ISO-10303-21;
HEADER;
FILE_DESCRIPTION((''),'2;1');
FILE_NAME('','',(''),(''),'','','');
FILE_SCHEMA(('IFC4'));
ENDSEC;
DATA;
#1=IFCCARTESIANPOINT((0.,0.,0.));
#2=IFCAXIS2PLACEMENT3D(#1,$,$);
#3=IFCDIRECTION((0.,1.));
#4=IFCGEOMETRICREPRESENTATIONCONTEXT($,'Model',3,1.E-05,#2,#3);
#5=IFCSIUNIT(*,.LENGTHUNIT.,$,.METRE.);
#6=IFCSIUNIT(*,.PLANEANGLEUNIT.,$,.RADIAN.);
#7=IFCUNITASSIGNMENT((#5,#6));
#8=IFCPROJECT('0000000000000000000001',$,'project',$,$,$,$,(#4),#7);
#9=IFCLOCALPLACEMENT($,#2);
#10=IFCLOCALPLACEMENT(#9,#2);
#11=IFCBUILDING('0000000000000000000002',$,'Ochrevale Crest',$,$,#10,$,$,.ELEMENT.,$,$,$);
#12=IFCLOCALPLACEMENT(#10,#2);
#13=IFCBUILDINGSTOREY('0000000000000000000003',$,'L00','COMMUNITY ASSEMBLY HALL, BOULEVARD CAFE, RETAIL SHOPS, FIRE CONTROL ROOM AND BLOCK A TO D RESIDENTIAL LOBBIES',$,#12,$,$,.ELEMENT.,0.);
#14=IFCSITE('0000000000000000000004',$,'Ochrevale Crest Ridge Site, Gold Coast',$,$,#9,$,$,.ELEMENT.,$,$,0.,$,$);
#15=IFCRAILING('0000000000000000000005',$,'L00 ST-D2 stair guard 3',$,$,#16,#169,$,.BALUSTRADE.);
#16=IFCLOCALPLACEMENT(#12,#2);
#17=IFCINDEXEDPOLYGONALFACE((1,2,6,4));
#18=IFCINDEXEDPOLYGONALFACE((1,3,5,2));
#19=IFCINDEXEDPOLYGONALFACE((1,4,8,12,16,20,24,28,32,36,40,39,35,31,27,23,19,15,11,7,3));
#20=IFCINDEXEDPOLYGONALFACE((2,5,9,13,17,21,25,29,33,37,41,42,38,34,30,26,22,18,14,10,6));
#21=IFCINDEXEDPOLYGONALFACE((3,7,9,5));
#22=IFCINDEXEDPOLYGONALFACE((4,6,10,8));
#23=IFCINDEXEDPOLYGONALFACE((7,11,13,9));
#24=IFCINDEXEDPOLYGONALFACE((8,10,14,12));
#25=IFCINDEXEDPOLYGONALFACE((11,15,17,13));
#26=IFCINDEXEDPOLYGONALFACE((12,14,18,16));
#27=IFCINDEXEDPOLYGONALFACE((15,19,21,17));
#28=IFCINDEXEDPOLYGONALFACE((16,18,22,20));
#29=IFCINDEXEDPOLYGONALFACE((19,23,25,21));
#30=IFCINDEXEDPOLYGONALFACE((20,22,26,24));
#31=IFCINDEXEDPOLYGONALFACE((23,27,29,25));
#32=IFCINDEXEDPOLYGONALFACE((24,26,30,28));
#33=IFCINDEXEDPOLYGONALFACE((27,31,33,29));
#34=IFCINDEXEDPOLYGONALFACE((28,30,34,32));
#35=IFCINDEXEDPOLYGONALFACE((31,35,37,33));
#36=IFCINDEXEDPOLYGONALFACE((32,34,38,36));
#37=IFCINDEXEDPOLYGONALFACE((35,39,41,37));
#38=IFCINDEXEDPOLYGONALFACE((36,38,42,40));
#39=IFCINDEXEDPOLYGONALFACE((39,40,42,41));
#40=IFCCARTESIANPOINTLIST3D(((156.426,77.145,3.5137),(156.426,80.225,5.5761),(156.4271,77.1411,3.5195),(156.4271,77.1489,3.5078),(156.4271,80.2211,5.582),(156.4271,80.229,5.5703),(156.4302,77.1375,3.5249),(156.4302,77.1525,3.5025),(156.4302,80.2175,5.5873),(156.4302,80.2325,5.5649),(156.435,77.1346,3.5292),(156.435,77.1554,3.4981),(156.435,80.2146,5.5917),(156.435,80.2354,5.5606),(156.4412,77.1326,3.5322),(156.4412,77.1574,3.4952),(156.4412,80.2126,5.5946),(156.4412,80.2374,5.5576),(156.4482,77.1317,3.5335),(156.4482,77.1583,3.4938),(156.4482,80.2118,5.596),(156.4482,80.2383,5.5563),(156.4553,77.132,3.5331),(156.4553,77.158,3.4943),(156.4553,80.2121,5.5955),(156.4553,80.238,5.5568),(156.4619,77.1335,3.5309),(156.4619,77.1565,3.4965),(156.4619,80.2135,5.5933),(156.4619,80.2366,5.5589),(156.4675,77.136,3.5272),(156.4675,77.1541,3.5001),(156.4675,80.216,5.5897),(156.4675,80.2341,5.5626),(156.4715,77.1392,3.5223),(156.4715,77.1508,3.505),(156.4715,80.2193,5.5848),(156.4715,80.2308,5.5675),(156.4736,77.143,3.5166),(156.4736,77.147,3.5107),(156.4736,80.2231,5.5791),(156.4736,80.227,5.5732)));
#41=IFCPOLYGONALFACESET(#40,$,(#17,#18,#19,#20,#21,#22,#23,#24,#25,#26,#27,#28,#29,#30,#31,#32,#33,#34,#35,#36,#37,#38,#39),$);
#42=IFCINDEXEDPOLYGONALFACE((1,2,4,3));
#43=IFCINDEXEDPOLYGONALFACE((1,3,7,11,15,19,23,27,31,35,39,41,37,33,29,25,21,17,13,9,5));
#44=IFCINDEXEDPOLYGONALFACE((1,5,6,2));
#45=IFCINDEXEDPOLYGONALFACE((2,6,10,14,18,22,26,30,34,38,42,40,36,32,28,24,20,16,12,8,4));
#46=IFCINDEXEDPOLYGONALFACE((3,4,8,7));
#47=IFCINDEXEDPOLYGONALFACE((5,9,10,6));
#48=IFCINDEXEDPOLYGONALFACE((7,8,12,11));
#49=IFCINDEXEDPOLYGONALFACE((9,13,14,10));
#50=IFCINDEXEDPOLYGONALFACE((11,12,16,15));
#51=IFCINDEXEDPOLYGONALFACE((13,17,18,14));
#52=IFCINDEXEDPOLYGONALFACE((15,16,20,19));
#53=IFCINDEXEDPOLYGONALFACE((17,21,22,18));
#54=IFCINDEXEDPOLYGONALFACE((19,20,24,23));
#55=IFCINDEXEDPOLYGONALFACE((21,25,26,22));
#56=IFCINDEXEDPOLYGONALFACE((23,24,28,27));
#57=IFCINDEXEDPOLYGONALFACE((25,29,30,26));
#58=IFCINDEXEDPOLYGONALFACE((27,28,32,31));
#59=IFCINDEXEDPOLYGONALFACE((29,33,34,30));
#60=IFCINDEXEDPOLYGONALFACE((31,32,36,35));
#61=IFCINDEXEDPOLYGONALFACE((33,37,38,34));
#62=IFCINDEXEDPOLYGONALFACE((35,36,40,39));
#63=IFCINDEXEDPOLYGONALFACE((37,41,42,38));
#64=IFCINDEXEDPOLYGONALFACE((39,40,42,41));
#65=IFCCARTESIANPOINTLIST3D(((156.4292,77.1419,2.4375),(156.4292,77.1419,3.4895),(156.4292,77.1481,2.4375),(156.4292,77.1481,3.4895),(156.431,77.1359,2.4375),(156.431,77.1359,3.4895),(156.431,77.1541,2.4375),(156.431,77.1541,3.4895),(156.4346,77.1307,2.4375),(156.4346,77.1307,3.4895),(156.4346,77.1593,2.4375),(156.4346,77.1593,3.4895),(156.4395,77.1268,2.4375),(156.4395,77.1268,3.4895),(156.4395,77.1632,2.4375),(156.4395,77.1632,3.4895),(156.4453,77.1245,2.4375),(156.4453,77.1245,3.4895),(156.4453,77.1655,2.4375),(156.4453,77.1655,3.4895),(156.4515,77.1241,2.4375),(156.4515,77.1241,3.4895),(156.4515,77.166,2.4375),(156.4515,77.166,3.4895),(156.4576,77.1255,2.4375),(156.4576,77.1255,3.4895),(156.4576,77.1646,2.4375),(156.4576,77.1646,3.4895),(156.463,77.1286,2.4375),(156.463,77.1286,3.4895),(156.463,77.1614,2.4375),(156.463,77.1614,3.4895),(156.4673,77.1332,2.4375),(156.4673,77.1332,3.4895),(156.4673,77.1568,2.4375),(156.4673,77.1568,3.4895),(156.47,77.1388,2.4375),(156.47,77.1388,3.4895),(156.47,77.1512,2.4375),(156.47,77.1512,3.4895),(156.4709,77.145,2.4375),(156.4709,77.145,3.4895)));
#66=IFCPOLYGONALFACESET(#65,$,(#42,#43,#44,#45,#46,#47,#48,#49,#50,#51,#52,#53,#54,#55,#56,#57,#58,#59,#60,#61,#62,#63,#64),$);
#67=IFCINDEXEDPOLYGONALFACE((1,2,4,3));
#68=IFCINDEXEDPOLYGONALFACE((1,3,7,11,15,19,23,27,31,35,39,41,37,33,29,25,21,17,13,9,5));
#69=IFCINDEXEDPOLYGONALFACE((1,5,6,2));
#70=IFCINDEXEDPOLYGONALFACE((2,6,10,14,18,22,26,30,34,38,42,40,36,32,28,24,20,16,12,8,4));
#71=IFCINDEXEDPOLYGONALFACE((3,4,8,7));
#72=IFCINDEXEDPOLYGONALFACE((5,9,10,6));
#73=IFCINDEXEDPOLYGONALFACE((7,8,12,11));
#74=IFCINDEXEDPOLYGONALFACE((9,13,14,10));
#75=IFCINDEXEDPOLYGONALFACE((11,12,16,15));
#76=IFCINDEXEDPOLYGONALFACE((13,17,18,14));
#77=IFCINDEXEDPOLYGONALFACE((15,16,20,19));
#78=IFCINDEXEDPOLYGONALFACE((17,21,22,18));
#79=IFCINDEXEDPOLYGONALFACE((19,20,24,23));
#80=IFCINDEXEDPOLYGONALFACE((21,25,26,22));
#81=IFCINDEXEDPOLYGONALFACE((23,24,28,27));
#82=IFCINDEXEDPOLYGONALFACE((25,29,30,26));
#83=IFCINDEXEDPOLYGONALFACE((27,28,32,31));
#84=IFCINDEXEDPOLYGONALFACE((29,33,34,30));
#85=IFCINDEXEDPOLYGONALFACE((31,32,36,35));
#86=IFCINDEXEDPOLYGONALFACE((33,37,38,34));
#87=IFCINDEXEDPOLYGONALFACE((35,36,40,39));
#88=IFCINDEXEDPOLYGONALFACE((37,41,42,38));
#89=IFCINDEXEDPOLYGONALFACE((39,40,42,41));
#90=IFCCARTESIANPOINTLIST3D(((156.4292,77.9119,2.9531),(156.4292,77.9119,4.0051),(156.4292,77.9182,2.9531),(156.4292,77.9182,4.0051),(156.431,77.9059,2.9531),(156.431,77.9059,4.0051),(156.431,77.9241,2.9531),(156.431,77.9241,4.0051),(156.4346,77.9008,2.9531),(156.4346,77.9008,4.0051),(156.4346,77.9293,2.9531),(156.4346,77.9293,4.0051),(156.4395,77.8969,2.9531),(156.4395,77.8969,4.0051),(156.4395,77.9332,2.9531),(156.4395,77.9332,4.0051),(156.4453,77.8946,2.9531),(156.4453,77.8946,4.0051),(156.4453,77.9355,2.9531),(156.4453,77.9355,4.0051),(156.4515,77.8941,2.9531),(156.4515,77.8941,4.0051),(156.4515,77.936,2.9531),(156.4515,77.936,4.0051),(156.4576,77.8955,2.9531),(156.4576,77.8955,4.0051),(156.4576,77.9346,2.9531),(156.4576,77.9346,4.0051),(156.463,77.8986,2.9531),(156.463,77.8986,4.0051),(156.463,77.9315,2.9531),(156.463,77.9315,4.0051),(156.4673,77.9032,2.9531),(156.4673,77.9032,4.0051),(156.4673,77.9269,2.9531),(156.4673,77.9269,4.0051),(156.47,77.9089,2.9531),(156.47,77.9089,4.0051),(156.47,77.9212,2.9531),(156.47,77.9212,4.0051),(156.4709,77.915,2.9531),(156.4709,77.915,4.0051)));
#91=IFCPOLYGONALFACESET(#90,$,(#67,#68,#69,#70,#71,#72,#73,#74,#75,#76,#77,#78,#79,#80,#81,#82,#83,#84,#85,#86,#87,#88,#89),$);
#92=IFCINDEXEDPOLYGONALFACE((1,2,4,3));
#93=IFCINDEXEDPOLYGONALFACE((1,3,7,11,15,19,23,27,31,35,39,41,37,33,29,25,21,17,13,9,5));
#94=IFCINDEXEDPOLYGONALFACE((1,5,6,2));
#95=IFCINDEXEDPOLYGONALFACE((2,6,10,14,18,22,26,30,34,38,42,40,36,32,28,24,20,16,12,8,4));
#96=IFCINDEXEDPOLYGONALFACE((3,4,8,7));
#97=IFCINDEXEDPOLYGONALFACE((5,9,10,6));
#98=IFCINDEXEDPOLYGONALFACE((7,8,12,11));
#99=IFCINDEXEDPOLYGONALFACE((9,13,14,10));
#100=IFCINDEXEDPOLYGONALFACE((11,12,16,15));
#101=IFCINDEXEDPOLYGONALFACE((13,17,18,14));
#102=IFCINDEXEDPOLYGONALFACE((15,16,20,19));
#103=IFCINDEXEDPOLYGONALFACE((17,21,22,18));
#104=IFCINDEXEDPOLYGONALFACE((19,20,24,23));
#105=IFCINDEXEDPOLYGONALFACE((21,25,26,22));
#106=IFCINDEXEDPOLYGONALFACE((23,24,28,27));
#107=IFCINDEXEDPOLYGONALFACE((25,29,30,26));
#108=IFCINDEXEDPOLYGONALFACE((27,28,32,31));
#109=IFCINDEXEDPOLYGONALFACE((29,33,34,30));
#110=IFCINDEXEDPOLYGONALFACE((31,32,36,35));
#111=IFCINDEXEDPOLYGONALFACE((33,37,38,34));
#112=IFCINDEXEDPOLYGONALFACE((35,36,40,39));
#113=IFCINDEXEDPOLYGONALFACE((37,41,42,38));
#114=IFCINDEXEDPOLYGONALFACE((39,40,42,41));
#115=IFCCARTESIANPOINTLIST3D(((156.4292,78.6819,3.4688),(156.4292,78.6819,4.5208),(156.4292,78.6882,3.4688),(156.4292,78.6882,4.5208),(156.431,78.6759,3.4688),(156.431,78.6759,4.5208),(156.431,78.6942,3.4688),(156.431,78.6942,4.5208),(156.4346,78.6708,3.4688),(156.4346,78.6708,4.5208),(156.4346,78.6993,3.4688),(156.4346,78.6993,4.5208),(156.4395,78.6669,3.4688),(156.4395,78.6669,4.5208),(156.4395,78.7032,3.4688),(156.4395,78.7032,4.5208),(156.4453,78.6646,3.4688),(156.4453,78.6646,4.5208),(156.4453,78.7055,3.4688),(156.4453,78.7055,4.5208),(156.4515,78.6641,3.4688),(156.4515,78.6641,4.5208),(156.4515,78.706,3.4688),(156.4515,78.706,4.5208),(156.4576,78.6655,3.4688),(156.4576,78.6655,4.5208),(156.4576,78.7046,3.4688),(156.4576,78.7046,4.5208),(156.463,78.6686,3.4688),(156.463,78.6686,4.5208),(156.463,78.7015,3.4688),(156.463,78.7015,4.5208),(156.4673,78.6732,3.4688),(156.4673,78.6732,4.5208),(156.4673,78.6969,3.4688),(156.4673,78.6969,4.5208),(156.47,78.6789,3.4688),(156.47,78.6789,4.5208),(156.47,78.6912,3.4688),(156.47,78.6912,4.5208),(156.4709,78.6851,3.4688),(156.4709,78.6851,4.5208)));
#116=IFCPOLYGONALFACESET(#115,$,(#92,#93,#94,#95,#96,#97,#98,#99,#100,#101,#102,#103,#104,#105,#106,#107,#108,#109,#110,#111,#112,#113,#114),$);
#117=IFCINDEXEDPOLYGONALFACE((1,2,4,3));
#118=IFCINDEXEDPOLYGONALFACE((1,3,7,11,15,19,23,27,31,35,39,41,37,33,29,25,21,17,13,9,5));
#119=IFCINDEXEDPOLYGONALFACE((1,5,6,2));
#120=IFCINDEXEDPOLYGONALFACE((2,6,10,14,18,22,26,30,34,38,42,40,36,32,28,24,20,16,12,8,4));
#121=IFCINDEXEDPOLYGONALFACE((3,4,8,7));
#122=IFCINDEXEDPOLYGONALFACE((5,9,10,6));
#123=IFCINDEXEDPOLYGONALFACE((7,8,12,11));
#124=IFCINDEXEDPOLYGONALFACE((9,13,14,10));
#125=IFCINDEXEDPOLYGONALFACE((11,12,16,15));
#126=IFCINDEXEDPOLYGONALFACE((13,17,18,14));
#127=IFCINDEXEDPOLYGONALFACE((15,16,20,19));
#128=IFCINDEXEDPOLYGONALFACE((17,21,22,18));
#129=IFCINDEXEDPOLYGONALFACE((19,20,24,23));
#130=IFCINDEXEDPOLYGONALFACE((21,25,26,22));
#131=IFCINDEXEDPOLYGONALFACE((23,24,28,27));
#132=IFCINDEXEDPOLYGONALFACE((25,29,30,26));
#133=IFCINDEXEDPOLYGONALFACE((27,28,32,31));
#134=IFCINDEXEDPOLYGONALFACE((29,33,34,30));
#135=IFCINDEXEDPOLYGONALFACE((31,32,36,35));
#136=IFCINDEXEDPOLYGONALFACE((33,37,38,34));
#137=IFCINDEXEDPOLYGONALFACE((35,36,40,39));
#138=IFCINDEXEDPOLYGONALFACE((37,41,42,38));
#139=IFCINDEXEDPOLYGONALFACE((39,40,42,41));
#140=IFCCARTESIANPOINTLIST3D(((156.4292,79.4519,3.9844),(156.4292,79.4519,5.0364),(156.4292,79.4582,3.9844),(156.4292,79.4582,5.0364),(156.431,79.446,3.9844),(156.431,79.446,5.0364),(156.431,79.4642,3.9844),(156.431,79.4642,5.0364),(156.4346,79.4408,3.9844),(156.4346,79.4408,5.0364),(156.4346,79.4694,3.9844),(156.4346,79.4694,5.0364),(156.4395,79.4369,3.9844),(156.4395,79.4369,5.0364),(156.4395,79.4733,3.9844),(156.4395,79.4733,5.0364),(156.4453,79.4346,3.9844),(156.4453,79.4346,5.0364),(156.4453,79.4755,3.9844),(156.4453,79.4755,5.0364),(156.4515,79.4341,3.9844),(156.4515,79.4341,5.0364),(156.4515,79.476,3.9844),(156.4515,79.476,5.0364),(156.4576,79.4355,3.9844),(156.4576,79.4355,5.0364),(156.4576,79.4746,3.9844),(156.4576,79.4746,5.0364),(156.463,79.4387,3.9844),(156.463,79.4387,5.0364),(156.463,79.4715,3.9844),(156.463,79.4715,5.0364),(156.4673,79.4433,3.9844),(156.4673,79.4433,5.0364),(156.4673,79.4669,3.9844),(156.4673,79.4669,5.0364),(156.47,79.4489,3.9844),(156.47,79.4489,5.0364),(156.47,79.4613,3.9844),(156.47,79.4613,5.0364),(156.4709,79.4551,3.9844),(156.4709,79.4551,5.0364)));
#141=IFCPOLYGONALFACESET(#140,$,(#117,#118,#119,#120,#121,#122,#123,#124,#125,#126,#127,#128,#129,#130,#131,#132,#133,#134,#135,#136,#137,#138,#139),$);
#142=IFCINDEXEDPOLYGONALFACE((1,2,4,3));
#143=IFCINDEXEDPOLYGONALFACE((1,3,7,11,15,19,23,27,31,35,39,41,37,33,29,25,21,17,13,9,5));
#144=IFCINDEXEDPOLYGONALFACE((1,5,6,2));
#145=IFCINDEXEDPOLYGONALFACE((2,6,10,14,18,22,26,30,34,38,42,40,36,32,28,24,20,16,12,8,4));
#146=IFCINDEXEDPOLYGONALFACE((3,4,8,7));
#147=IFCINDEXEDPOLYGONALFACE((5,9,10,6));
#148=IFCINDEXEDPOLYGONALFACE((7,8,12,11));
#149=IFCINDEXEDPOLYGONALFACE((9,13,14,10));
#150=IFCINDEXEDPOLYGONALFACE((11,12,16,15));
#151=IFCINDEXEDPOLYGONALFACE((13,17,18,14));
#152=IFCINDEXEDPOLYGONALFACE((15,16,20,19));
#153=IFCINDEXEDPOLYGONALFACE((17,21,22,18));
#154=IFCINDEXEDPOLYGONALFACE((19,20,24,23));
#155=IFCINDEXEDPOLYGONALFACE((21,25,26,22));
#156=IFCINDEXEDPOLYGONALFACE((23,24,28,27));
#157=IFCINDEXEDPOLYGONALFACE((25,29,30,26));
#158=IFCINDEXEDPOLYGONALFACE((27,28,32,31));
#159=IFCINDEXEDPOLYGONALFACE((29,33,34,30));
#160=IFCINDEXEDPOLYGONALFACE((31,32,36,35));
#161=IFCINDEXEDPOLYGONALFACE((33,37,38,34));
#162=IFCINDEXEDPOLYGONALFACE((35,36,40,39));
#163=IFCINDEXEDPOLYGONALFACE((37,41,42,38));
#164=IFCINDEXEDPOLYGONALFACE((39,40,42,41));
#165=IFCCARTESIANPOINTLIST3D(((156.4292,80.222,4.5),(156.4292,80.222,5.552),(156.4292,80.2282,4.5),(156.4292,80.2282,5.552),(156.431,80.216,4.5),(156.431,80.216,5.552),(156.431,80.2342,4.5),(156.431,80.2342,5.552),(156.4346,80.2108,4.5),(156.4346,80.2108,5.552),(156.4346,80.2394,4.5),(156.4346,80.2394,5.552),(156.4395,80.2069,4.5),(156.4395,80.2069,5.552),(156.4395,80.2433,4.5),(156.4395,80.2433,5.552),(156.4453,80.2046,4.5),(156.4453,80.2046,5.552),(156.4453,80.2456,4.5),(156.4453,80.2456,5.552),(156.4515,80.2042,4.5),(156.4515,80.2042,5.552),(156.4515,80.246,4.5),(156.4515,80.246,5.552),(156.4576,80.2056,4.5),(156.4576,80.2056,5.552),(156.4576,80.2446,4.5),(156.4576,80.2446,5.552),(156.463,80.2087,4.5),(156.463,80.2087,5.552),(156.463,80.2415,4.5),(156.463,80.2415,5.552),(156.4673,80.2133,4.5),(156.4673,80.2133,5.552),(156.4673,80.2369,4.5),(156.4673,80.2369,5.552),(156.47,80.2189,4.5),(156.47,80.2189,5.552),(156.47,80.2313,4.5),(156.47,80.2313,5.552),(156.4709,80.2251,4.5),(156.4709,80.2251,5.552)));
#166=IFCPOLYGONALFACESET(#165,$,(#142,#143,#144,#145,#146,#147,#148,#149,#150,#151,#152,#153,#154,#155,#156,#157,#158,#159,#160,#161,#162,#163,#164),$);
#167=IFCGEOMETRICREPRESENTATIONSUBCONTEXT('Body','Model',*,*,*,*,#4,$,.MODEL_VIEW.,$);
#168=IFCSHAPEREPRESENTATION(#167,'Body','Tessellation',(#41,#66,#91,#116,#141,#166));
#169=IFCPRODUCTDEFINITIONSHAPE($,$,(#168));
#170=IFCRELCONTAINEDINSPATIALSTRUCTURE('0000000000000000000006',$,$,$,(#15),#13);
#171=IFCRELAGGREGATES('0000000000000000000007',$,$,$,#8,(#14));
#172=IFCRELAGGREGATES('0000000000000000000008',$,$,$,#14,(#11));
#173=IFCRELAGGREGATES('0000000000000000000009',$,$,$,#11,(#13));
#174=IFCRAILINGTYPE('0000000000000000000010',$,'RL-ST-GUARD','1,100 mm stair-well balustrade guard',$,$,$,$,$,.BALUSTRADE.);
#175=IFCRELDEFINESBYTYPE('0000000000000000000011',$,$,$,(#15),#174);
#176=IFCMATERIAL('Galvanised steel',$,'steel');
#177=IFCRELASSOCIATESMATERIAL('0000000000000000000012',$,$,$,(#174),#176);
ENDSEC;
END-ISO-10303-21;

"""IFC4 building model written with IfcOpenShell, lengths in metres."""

from ifc_helpers import new_model, si_unit, direction, frame, origin, origin_2d, place, context, subcontext, project, spatial, circle, extrude, material, type_object, element, save


model = new_model("IFC4")

# Units and contexts
model_context = context("Model", 3, precision=1e-05, world=origin(), true_north=direction((0.0, 1.0)))
body_context = subcontext(model_context, "Body", "Model", "MODEL_VIEW")
ifc_project = project(units=[si_unit("LENGTHUNIT", "METRE"), si_unit("PLANEANGLEUNIT", "RADIAN")], contexts=[model_context])

# Site, building, storey
site_placement = place(None, origin())
site = spatial("IfcSite", under=ifc_project, at=site_placement, Name="Ochrevale Crest Ridge Site, Gold Coast", CompositionType="ELEMENT", RefElevation=0.0)
building_placement = place(site_placement, origin())
building = spatial("IfcBuilding", under=site, at=building_placement, Name="Ochrevale Crest", CompositionType="ELEMENT")
storey_placement = place(building_placement, origin())
storey = spatial("IfcBuildingStorey", under=building, at=storey_placement, Name="L00", Description="COMMUNITY ASSEMBLY HALL, BOULEVARD CAFE, RETAIL SHOPS, FIRE CONTROL ROOM AND BLOCK A TO D RESIDENTIAL LOBBIES", CompositionType="ELEMENT", Elevation=0.0)

# Railing
ifc_material_1 = material(Name="Galvanised steel", Category="steel")
railing_type_1 = type_object("IfcRailingType", Name="RL-ST-GUARD", Description="1,100 mm stair-well balustrade guard", PredefinedType="BALUSTRADE", material=ifc_material_1)
railing_1_placement = place(storey_placement, frame((156.45, 77.145, 2.4375)))
element("IfcRailing", 1, at=railing_1_placement, inside=storey, type_object=railing_type_1, Name="L00 ST-D2 stair guard 3", PredefinedType="BALUSTRADE", context=body_context, shape_type="SweptSolid", body=[
    extrude(circle(Radius=0.0239, at=origin_2d()), frame((0.0, 0.0, 1.0762), z_axis=(0.0, 0.830914, 0.556401), x_axis=(-1.0, 0.0, 0.0)), (0.0, 0.0, 1.0), 3.7068),
    extrude(circle(Radius=0.021, at=origin_2d()), origin(), (0.0, 0.0, 1.0), 1.052),
    extrude(circle(Radius=0.021, at=origin_2d()), frame((0.0, 0.77, 0.5156)), (0.0, 0.0, 1.0), 1.052),
    extrude(circle(Radius=0.021, at=origin_2d()), frame((0.0, 1.54, 1.0312)), (0.0, 0.0, 1.0), 1.052),
    extrude(circle(Radius=0.021, at=origin_2d()), frame((0.0, 2.3101, 1.5469)), (0.0, 0.0, 1.0), 1.052),
    extrude(circle(Radius=0.021, at=origin_2d()), frame((0.0, 3.0801, 2.0625)), (0.0, 0.0, 1.0), 1.052),
])

save(model, "model.ifc")
